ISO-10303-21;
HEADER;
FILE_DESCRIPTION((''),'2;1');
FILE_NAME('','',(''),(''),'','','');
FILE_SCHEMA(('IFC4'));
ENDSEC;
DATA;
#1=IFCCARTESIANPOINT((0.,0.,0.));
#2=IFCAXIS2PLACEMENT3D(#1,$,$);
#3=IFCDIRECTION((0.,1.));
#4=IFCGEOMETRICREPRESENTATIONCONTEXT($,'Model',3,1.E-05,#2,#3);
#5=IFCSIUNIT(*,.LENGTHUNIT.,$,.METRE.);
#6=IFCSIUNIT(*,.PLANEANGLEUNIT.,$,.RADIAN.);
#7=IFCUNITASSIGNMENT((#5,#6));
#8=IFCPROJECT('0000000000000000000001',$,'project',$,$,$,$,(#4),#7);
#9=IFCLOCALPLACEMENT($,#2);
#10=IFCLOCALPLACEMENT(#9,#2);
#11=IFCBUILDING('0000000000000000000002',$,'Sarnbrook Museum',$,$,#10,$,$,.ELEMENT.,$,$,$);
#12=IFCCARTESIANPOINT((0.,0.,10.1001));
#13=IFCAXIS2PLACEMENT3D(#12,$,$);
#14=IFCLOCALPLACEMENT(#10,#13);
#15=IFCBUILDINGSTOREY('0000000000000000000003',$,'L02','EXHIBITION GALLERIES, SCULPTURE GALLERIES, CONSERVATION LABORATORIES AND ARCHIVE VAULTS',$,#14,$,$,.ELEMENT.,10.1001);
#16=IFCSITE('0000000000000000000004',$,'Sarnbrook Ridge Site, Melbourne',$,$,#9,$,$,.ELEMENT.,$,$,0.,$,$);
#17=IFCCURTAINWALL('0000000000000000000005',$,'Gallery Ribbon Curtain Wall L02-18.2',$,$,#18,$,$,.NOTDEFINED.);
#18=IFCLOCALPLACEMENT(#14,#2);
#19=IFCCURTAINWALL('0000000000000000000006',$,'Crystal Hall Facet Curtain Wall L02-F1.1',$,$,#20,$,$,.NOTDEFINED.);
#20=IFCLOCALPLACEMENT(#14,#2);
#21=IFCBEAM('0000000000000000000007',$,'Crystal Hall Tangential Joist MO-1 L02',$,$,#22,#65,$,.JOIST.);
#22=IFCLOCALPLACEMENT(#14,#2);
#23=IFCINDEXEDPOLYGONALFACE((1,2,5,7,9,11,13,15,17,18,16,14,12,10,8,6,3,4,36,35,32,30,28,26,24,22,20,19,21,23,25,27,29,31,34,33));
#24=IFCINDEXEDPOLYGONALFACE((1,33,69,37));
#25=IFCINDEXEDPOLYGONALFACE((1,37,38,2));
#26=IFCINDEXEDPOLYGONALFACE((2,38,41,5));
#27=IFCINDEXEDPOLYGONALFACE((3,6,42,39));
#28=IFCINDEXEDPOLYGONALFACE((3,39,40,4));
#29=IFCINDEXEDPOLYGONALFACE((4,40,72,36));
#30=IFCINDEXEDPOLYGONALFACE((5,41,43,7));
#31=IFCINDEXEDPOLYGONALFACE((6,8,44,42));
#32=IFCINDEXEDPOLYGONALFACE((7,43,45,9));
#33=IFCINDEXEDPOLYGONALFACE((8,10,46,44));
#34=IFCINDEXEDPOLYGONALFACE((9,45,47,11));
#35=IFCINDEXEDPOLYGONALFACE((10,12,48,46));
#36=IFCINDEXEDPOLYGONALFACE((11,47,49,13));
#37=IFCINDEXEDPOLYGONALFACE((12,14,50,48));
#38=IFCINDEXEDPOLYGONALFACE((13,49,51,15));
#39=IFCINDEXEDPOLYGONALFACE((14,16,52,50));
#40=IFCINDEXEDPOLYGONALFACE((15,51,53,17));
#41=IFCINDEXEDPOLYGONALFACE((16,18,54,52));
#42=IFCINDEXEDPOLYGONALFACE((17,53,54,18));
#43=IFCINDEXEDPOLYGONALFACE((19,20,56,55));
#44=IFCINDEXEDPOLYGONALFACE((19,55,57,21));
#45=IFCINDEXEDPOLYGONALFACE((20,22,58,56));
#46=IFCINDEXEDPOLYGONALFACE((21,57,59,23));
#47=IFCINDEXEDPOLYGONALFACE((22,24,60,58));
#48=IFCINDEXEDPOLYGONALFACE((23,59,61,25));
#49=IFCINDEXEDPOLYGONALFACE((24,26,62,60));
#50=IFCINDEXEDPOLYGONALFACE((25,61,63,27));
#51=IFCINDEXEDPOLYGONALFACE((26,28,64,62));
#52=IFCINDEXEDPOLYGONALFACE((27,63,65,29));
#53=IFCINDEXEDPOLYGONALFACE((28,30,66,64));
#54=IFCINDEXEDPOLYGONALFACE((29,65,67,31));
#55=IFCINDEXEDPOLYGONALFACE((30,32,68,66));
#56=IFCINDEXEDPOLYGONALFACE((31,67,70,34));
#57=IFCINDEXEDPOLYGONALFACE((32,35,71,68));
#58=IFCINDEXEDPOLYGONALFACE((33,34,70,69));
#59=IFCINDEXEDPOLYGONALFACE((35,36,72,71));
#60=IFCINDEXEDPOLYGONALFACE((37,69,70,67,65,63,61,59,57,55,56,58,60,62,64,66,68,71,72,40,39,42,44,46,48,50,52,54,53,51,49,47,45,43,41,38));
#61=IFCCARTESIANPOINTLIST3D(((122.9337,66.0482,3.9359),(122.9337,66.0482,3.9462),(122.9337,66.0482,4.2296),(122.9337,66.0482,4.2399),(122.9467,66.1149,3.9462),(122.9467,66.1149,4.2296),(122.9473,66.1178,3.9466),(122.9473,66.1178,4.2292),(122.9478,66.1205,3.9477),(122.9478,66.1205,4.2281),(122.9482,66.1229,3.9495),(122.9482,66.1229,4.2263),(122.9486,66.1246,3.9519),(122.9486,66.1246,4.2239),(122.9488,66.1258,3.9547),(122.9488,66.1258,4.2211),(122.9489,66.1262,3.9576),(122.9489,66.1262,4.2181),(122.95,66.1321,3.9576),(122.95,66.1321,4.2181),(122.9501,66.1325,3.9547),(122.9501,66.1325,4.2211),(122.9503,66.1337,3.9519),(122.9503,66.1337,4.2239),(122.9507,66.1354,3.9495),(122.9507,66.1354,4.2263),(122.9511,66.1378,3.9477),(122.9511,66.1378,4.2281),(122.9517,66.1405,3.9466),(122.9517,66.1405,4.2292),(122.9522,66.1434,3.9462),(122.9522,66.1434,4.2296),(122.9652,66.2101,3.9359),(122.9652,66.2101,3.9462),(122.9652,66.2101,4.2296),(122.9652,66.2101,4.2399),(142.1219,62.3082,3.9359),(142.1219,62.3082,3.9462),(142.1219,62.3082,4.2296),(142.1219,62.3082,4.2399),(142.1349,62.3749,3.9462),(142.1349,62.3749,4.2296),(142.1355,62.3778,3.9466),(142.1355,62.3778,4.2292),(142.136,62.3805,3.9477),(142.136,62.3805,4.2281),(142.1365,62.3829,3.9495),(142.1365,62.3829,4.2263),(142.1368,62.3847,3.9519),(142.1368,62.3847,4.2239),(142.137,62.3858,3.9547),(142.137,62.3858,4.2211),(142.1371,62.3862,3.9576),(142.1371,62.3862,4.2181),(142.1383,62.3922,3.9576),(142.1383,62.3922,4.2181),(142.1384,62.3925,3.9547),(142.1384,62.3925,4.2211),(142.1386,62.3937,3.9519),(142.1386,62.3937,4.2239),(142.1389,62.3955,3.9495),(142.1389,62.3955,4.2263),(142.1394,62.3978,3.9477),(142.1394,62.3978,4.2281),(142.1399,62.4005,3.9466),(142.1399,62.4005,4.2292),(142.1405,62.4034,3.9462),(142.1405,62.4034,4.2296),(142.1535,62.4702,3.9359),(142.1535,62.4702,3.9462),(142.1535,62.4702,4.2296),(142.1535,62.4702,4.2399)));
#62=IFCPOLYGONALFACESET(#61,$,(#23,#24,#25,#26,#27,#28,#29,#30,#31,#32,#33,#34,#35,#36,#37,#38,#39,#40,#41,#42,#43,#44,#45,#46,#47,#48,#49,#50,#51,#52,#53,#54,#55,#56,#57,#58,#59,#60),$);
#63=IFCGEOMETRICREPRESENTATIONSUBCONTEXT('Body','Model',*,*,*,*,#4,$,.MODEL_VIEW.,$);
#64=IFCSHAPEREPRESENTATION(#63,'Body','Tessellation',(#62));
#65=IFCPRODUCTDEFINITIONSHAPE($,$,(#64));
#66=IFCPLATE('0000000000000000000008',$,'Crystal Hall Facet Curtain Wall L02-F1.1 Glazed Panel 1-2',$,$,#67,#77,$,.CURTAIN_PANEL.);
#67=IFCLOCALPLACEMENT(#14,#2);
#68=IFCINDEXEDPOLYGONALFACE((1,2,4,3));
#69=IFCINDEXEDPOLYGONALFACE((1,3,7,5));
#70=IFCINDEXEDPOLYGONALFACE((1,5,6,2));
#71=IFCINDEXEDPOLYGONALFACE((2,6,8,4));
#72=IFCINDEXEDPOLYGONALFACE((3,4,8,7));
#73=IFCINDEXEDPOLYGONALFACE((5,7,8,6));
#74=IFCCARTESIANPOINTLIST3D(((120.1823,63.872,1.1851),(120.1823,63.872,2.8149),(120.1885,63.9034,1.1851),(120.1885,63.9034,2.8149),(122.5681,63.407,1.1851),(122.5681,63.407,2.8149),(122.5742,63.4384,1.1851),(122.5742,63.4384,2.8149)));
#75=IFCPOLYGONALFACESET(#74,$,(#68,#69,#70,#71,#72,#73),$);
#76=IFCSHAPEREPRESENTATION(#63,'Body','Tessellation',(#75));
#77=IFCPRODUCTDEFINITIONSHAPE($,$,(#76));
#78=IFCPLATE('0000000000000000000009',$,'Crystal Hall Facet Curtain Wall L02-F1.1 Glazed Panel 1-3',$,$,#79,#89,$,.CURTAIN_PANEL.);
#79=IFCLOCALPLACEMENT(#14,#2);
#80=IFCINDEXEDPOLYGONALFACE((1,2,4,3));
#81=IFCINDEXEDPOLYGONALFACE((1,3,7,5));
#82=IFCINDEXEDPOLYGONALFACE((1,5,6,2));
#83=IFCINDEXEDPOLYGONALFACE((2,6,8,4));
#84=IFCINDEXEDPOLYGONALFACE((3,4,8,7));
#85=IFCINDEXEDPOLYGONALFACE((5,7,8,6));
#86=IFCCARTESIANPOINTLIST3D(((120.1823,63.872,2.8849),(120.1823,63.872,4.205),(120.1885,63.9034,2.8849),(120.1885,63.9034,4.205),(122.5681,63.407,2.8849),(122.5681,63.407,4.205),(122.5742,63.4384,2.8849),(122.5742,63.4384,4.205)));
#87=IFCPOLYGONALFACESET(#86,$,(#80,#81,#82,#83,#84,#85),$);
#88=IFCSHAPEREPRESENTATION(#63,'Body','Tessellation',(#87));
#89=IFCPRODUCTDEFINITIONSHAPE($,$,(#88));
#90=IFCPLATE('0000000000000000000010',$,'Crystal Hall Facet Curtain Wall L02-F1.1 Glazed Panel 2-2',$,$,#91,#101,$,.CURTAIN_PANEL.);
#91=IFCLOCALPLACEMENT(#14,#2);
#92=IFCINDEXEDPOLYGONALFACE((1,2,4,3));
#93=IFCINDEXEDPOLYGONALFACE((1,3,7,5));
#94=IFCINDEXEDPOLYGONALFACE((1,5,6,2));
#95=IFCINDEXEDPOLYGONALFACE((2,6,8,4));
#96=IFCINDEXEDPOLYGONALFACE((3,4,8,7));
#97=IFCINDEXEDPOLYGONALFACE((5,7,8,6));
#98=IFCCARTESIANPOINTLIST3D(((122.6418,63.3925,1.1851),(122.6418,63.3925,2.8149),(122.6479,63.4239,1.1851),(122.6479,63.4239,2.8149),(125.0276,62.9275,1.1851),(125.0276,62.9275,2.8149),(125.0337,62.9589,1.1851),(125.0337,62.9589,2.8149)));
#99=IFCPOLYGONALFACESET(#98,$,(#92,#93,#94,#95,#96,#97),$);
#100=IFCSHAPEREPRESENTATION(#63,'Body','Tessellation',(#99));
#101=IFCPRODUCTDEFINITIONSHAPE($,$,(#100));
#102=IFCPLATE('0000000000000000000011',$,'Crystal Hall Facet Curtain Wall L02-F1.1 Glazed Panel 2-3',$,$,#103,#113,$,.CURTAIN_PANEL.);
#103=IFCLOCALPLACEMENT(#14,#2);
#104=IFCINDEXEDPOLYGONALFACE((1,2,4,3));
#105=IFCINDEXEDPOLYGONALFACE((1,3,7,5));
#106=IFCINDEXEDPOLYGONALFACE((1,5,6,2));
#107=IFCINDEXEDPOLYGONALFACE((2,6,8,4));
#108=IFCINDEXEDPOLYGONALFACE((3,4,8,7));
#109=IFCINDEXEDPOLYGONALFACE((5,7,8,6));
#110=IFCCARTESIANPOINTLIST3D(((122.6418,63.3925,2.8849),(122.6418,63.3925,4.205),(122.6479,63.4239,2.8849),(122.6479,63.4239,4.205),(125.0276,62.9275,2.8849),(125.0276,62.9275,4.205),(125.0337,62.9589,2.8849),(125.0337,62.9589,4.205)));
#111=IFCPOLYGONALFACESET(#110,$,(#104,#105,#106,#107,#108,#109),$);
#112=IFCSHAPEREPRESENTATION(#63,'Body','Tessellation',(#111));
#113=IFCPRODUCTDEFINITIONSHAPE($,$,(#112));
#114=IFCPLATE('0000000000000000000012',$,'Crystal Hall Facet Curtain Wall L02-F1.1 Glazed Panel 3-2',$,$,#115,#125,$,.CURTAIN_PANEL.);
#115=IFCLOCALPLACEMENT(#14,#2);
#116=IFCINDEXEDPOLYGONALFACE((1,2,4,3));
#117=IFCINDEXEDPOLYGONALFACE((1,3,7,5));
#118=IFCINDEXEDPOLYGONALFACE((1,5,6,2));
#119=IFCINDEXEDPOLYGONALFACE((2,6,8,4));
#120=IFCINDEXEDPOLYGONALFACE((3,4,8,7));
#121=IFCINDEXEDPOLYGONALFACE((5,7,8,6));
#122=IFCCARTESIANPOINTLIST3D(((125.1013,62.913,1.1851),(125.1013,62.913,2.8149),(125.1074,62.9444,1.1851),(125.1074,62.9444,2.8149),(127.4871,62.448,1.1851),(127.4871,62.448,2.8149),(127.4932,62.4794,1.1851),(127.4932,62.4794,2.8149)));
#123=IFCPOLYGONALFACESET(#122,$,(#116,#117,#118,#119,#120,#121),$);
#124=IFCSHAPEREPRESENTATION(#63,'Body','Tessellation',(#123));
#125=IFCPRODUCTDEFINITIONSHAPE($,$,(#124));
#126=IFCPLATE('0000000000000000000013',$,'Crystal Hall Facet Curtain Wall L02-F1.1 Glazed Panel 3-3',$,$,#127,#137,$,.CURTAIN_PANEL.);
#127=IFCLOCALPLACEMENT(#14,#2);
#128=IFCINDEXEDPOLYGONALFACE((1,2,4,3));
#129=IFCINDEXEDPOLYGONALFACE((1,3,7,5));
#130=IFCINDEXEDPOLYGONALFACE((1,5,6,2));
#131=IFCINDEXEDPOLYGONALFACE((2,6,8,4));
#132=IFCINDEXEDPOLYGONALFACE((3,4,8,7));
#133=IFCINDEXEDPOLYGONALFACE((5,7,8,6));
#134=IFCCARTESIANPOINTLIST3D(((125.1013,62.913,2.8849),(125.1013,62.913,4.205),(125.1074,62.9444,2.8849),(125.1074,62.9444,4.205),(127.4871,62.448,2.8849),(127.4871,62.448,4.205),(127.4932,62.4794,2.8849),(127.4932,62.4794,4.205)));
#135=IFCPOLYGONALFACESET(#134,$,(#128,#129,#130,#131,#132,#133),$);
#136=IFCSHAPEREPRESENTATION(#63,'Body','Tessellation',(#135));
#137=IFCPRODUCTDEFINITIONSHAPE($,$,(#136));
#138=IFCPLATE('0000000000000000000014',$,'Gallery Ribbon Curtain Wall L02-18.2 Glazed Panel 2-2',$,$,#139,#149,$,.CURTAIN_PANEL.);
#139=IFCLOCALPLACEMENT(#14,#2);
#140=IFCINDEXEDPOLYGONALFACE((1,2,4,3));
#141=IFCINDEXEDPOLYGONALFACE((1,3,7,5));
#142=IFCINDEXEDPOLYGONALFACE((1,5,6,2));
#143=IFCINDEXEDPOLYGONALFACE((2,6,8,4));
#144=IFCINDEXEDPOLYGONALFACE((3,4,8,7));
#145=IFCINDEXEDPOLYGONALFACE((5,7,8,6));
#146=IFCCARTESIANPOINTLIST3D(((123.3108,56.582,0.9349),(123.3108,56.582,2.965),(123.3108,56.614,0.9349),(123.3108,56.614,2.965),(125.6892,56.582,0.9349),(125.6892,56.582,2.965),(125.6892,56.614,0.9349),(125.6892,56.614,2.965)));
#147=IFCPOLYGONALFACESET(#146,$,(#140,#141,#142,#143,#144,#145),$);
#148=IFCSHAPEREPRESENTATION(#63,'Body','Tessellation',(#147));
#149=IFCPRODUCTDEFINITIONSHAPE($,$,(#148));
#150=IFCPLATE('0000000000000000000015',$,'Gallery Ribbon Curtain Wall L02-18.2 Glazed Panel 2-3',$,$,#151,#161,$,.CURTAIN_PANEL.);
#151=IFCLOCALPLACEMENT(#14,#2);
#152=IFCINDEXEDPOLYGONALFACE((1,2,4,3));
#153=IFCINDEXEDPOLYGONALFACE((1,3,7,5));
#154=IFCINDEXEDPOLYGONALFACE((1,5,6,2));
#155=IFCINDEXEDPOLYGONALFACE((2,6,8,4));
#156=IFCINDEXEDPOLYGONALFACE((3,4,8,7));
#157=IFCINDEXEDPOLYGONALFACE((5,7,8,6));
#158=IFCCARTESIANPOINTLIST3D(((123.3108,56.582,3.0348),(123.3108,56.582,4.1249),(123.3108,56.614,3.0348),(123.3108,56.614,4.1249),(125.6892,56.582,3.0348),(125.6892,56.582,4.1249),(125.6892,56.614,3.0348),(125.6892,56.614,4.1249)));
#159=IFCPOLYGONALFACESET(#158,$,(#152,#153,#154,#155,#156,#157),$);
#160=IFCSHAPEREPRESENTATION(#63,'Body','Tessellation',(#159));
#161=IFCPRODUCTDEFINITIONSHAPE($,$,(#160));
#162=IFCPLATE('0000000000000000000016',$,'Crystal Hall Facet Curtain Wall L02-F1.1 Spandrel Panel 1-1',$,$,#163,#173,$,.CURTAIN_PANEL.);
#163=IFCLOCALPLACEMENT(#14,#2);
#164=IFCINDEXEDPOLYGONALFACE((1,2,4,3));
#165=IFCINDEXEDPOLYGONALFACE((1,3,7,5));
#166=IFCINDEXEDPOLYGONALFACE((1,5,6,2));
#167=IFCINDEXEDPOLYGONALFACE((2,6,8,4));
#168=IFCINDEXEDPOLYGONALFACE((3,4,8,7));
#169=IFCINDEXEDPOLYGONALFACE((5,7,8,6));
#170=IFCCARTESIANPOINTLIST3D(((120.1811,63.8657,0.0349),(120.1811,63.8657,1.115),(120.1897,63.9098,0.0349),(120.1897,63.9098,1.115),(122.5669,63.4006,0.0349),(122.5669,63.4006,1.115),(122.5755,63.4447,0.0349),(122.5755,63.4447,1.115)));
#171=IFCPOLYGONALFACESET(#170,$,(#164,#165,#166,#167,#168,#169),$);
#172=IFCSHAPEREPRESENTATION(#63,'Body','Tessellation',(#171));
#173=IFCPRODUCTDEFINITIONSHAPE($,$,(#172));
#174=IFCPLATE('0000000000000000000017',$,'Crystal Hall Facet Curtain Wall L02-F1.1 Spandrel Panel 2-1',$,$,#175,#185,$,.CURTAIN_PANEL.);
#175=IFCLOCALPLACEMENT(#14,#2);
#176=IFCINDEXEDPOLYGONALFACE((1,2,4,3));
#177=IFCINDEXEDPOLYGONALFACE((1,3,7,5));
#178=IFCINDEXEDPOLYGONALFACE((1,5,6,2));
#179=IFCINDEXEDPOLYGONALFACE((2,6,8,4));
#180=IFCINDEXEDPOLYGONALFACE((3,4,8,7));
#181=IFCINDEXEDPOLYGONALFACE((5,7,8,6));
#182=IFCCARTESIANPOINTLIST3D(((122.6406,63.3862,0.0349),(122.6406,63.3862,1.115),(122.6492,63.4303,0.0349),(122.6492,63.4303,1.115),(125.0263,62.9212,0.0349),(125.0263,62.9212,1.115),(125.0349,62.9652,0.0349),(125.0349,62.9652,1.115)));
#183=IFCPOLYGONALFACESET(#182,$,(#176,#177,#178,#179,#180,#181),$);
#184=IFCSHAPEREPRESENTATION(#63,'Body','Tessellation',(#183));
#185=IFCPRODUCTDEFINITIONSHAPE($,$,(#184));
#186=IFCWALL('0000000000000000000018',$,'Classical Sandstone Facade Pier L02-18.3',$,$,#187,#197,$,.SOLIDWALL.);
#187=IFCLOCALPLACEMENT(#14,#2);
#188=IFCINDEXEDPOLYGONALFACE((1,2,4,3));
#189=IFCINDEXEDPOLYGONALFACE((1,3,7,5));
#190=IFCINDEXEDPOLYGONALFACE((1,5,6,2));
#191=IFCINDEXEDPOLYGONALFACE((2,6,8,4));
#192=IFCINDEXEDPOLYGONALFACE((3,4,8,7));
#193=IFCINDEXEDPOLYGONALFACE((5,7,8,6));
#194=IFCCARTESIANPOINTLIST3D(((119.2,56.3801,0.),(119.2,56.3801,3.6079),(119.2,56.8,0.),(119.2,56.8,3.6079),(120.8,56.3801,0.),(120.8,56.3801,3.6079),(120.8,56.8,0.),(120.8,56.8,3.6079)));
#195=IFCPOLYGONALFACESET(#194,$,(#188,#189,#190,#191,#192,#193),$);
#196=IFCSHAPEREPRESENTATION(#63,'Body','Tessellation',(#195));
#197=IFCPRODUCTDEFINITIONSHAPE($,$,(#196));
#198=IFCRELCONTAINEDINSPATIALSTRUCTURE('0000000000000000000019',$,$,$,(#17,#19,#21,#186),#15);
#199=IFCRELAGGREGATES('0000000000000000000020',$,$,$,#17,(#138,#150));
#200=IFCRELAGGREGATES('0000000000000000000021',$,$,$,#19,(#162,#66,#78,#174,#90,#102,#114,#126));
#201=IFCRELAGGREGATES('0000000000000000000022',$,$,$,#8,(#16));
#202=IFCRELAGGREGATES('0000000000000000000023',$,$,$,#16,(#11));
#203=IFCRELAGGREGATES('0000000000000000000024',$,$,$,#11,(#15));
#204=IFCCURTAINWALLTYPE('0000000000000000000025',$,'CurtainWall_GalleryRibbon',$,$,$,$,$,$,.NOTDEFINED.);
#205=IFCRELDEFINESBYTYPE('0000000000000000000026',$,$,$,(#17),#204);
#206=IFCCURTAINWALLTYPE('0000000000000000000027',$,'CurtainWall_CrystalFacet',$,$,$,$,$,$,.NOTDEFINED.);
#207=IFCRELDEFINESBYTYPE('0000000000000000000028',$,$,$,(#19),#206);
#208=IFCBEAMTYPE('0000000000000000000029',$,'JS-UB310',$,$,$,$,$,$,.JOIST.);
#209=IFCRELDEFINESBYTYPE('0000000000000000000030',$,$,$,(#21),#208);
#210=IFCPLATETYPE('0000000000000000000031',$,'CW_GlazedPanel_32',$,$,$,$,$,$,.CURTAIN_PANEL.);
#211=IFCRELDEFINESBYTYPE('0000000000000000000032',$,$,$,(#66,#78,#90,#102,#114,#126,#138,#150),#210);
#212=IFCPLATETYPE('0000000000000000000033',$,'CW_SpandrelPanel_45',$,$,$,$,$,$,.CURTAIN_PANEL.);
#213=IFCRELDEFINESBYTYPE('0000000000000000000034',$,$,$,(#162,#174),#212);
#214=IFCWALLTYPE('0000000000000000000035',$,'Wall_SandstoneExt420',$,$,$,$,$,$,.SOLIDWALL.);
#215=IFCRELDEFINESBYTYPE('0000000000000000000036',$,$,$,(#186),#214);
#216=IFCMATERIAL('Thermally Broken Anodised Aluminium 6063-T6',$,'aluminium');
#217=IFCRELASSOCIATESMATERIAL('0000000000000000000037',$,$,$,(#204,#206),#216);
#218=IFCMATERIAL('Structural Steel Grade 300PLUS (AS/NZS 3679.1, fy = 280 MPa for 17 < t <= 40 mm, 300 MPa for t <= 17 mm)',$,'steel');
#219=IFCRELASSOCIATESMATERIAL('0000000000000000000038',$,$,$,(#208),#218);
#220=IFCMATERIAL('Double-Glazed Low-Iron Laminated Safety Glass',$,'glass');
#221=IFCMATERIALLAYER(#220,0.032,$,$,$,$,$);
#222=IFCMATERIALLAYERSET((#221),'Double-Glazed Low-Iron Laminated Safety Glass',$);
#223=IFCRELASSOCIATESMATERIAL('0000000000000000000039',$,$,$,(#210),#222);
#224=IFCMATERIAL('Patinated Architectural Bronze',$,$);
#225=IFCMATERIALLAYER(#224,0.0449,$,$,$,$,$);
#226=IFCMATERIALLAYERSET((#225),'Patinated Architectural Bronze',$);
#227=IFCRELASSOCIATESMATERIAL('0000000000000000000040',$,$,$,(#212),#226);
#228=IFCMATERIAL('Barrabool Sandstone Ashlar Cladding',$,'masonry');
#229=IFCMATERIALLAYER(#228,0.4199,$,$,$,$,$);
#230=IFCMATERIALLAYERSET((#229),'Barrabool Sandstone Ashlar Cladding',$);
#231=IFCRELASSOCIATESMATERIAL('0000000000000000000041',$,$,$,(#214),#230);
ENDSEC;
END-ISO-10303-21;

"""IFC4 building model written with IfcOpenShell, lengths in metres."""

from ifc_helpers import new_model, si_unit, direction, frame, frame_2d, origin, origin_2d, place, context, subcontext, project, spatial, rectangle, i_section, extrude, material, layer, layer_set, material_profile, profile_set, type_object, element, aggregate, save


model = new_model("IFC4")

# Units and contexts
model_context = context("Model", 3, precision=1e-05, world=origin(), true_north=direction((0.0, 1.0)))
body_context = subcontext(model_context, "Body", "Model", "MODEL_VIEW")
ifc_project = project(units=[si_unit("LENGTHUNIT", "METRE"), si_unit("PLANEANGLEUNIT", "RADIAN")], contexts=[model_context])

# Site, building, storey
site_placement = place(None, origin())
site = spatial("IfcSite", under=ifc_project, at=site_placement, Name="Sarnbrook Ridge Site, Melbourne", CompositionType="ELEMENT", RefElevation=0.0)
building_placement = place(site_placement, origin())
building = spatial("IfcBuilding", under=site, at=building_placement, Name="Sarnbrook Museum", CompositionType="ELEMENT")
storey_placement = place(building_placement, frame((0.0, 0.0, 10.1001)))
storey = spatial("IfcBuildingStorey", under=building, at=storey_placement, Name="L02", Description="EXHIBITION GALLERIES, SCULPTURE GALLERIES, CONSERVATION LABORATORIES AND ARCHIVE VAULTS", CompositionType="ELEMENT", Elevation=10.1001)

# Shared definitions
ifc_material_1 = material(Name="Structural Steel Grade 300PLUS (AS/NZS 3679.1, fy = 280 MPa for 17 < t <= 40 mm, 300 MPa for t <= 17 mm)", Category="steel")

# Curtain walls
ifc_material_2 = material(Name="Thermally Broken Anodised Aluminium 6063-T6", Category="aluminium")
curtain_wall_type_1 = type_object("IfcCurtainWallType", Name="CurtainWall_GalleryRibbon", PredefinedType="NOTDEFINED", material=ifc_material_2)
curtain_wall_1_placement = place(storey_placement, origin())
curtain_wall_1 = element("IfcCurtainWall", 1, at=curtain_wall_1_placement, inside=storey, type_object=curtain_wall_type_1, Name="Gallery Ribbon Curtain Wall L02-18.2", PredefinedType="NOTDEFINED")
curtain_wall_type_2 = type_object("IfcCurtainWallType", Name="CurtainWall_CrystalFacet", PredefinedType="NOTDEFINED", material=ifc_material_2)
curtain_wall_2_placement = place(storey_placement, origin())
curtain_wall_2 = element("IfcCurtainWall", 2, at=curtain_wall_2_placement, inside=storey, type_object=curtain_wall_type_2, Name="Crystal Hall Facet Curtain Wall L02-F1.1", PredefinedType="NOTDEFINED")

# Beam
ifc_material_profile_1 = material_profile(ifc_material_1, i_section(OverallWidth=0.165, OverallDepth=0.304, WebThickness=0.0061, FlangeThickness=0.0103, FilletRadius=0.0115, at=origin_2d()), Name="310UB40.4")
ifc_profile_set_1 = profile_set([ifc_material_profile_1], Name="Structural Steel Grade 300PLUS (AS/NZS 3679.1, fy = 280 MPa for 17 < t <= 40 mm, 300 MPa for t <= 17 mm)")
beam_type_1 = type_object("IfcBeamType", Name="JS-UB310", PredefinedType="JOIST", material=ifc_profile_set_1)
beam_1_placement = place(storey_placement, frame((122.9495, 66.1292, 4.0879), z_axis=(0.98153, -0.191311, 0.0), x_axis=(0.191311, 0.98153, 0.0)))
element("IfcBeam", 3, at=beam_1_placement, inside=storey, type_object=beam_type_1, Name="Crystal Hall Tangential Joist MO-1 L02", PredefinedType="JOIST", context=body_context, shape_type="SweptSolid", body=[
    extrude(i_section(OverallWidth=0.165, OverallDepth=0.304, WebThickness=0.0061, FlangeThickness=0.0103, FilletRadius=0.0115, at=origin_2d()), origin(), (0.0, 0.0, 1.0), 19.5493),
])

# Plates
ifc_material_3 = material(Name="Double-Glazed Low-Iron Laminated Safety Glass", Category="glass")
ifc_layer_1 = layer(ifc_material_3, 0.032)
ifc_layer_set_1 = layer_set([ifc_layer_1], Name="Double-Glazed Low-Iron Laminated Safety Glass")
plate_type_1 = type_object("IfcPlateType", Name="CW_GlazedPanel_32", PredefinedType="CURTAIN_PANEL", material=ifc_layer_set_1)
plate_1_placement = place(storey_placement, frame((121.3813, 63.6709, 2.0), z_axis=(-0.191313, -0.981529, 0.0), x_axis=(0.981529, -0.191313, 0.0)))
plate_1 = element("IfcPlate", 4, at=plate_1_placement, type_object=plate_type_1, Name="Crystal Hall Facet Curtain Wall L02-F1.1 Glazed Panel 1-2", PredefinedType="CURTAIN_PANEL", context=body_context, shape_type="SweptSolid", body=[
    extrude(rectangle(XDim=2.4307, YDim=1.6299, at=origin_2d()), origin(), (0.0, 0.0, 1.0), 0.032),
])
plate_2_placement = place(storey_placement, frame((121.3813, 63.6709, 3.5449), z_axis=(-0.191313, -0.981529, 0.0), x_axis=(0.981529, -0.191313, 0.0)))
plate_2 = element("IfcPlate", 5, at=plate_2_placement, type_object=plate_type_1, Name="Crystal Hall Facet Curtain Wall L02-F1.1 Glazed Panel 1-3", PredefinedType="CURTAIN_PANEL", context=body_context, shape_type="SweptSolid", body=[
    extrude(rectangle(XDim=2.4307, YDim=1.3201, at=origin_2d()), origin(), (0.0, 0.0, 1.0), 0.032),
])
plate_3_placement = place(storey_placement, frame((123.8408, 63.1914, 2.0), z_axis=(-0.191313, -0.981529, 0.0), x_axis=(0.981529, -0.191313, 0.0)))
plate_3 = element("IfcPlate", 6, at=plate_3_placement, type_object=plate_type_1, Name="Crystal Hall Facet Curtain Wall L02-F1.1 Glazed Panel 2-2", PredefinedType="CURTAIN_PANEL", context=body_context, shape_type="SweptSolid", body=[
    extrude(rectangle(XDim=2.4307, YDim=1.6299, at=origin_2d()), origin(), (0.0, 0.0, 1.0), 0.032),
])
plate_4_placement = place(storey_placement, frame((123.8408, 63.1914, 3.5449), z_axis=(-0.191313, -0.981529, 0.0), x_axis=(0.981529, -0.191313, 0.0)))
plate_4 = element("IfcPlate", 7, at=plate_4_placement, type_object=plate_type_1, Name="Crystal Hall Facet Curtain Wall L02-F1.1 Glazed Panel 2-3", PredefinedType="CURTAIN_PANEL", context=body_context, shape_type="SweptSolid", body=[
    extrude(rectangle(XDim=2.4307, YDim=1.3201, at=origin_2d()), origin(), (0.0, 0.0, 1.0), 0.032),
])
plate_5_placement = place(storey_placement, frame((126.3003, 62.7119, 2.0), z_axis=(-0.191313, -0.981529, 0.0), x_axis=(0.981529, -0.191313, 0.0)))
plate_5 = element("IfcPlate", 8, at=plate_5_placement, type_object=plate_type_1, Name="Crystal Hall Facet Curtain Wall L02-F1.1 Glazed Panel 3-2", PredefinedType="CURTAIN_PANEL", context=body_context, shape_type="SweptSolid", body=[
    extrude(rectangle(XDim=2.4307, YDim=1.6299, at=origin_2d()), origin(), (0.0, 0.0, 1.0), 0.032),
])
plate_6_placement = place(storey_placement, frame((126.3003, 62.7119, 3.5449), z_axis=(-0.191313, -0.981529, 0.0), x_axis=(0.981529, -0.191313, 0.0)))
plate_6 = element("IfcPlate", 9, at=plate_6_placement, type_object=plate_type_1, Name="Crystal Hall Facet Curtain Wall L02-F1.1 Glazed Panel 3-3", PredefinedType="CURTAIN_PANEL", context=body_context, shape_type="SweptSolid", body=[
    extrude(rectangle(XDim=2.4307, YDim=1.3201, at=origin_2d()), origin(), (0.0, 0.0, 1.0), 0.032),
])
plate_7_placement = place(storey_placement, frame((124.5, 56.582, 1.95), z_axis=(0.0, 1.0, 0.0), x_axis=(-1.0, 0.0, 0.0)))
plate_7 = element("IfcPlate", 10, at=plate_7_placement, type_object=plate_type_1, Name="Gallery Ribbon Curtain Wall L02-18.2 Glazed Panel 2-2", PredefinedType="CURTAIN_PANEL", context=body_context, shape_type="SweptSolid", body=[
    extrude(rectangle(XDim=2.3784, YDim=2.03, at=origin_2d()), origin(), (0.0, 0.0, 1.0), 0.032),
])
plate_8_placement = place(storey_placement, frame((124.5, 56.582, 3.5798), z_axis=(0.0, 1.0, 0.0), x_axis=(-1.0, 0.0, 0.0)))
plate_8 = element("IfcPlate", 11, at=plate_8_placement, type_object=plate_type_1, Name="Gallery Ribbon Curtain Wall L02-18.2 Glazed Panel 2-3", PredefinedType="CURTAIN_PANEL", context=body_context, shape_type="SweptSolid", body=[
    extrude(rectangle(XDim=2.3784, YDim=1.0901, at=origin_2d()), origin(), (0.0, 0.0, 1.0), 0.032),
])
aggregate(curtain_wall_1, [plate_7, plate_8])
ifc_material_4 = material(Name="Patinated Architectural Bronze")
ifc_layer_2 = layer(ifc_material_4, 0.0449)
ifc_layer_set_2 = layer_set([ifc_layer_2], Name="Patinated Architectural Bronze")
plate_type_2 = type_object("IfcPlateType", Name="CW_SpandrelPanel_45", PredefinedType="CURTAIN_PANEL", material=ifc_layer_set_2)
plate_9_placement = place(storey_placement, frame((121.3826, 63.6772, 0.575), z_axis=(-0.191313, -0.981529, 0.0), x_axis=(0.981529, -0.191313, 0.0)))
plate_9 = element("IfcPlate", 12, at=plate_9_placement, type_object=plate_type_2, Name="Crystal Hall Facet Curtain Wall L02-F1.1 Spandrel Panel 1-1", PredefinedType="CURTAIN_PANEL", context=body_context, shape_type="SweptSolid", body=[
    extrude(rectangle(XDim=2.4307, YDim=1.0801, at=origin_2d()), origin(), (0.0, 0.0, 1.0), 0.0449),
])
plate_10_placement = place(storey_placement, frame((123.842, 63.1978, 0.575), z_axis=(-0.191313, -0.981529, 0.0), x_axis=(0.981529, -0.191313, 0.0)))
plate_10 = element("IfcPlate", 13, at=plate_10_placement, type_object=plate_type_2, Name="Crystal Hall Facet Curtain Wall L02-F1.1 Spandrel Panel 2-1", PredefinedType="CURTAIN_PANEL", context=body_context, shape_type="SweptSolid", body=[
    extrude(rectangle(XDim=2.4307, YDim=1.0801, at=origin_2d()), origin(), (0.0, 0.0, 1.0), 0.0449),
])
aggregate(curtain_wall_2, [plate_9, plate_1, plate_2, plate_10, plate_3, plate_4, plate_5, plate_6])

# Wall
ifc_material_5 = material(Name="Barrabool Sandstone Ashlar Cladding", Category="masonry")
ifc_layer_3 = layer(ifc_material_5, 0.4199)
ifc_layer_set_3 = layer_set([ifc_layer_3], Name="Barrabool Sandstone Ashlar Cladding")
wall_type = type_object("IfcWallType", Name="Wall_SandstoneExt420", PredefinedType="SOLIDWALL", material=ifc_layer_set_3)
wall_placement = place(storey_placement, frame((120.8, 56.5901, 0.0), z_axis=(0.0, 0.0, 1.0), x_axis=(-1.0, 0.0, 0.0)))
element("IfcWall", 14, at=wall_placement, inside=storey, type_object=wall_type, Name="Classical Sandstone Facade Pier L02-18.3", PredefinedType="SOLIDWALL", context=body_context, shape_type="SweptSolid", body=[
    extrude(rectangle(XDim=1.6001, YDim=0.4199, at=frame_2d((0.8, 0.0))), origin(), (0.0, 0.0, 1.0), 3.6079),
])

save(model, "model.ifc")
